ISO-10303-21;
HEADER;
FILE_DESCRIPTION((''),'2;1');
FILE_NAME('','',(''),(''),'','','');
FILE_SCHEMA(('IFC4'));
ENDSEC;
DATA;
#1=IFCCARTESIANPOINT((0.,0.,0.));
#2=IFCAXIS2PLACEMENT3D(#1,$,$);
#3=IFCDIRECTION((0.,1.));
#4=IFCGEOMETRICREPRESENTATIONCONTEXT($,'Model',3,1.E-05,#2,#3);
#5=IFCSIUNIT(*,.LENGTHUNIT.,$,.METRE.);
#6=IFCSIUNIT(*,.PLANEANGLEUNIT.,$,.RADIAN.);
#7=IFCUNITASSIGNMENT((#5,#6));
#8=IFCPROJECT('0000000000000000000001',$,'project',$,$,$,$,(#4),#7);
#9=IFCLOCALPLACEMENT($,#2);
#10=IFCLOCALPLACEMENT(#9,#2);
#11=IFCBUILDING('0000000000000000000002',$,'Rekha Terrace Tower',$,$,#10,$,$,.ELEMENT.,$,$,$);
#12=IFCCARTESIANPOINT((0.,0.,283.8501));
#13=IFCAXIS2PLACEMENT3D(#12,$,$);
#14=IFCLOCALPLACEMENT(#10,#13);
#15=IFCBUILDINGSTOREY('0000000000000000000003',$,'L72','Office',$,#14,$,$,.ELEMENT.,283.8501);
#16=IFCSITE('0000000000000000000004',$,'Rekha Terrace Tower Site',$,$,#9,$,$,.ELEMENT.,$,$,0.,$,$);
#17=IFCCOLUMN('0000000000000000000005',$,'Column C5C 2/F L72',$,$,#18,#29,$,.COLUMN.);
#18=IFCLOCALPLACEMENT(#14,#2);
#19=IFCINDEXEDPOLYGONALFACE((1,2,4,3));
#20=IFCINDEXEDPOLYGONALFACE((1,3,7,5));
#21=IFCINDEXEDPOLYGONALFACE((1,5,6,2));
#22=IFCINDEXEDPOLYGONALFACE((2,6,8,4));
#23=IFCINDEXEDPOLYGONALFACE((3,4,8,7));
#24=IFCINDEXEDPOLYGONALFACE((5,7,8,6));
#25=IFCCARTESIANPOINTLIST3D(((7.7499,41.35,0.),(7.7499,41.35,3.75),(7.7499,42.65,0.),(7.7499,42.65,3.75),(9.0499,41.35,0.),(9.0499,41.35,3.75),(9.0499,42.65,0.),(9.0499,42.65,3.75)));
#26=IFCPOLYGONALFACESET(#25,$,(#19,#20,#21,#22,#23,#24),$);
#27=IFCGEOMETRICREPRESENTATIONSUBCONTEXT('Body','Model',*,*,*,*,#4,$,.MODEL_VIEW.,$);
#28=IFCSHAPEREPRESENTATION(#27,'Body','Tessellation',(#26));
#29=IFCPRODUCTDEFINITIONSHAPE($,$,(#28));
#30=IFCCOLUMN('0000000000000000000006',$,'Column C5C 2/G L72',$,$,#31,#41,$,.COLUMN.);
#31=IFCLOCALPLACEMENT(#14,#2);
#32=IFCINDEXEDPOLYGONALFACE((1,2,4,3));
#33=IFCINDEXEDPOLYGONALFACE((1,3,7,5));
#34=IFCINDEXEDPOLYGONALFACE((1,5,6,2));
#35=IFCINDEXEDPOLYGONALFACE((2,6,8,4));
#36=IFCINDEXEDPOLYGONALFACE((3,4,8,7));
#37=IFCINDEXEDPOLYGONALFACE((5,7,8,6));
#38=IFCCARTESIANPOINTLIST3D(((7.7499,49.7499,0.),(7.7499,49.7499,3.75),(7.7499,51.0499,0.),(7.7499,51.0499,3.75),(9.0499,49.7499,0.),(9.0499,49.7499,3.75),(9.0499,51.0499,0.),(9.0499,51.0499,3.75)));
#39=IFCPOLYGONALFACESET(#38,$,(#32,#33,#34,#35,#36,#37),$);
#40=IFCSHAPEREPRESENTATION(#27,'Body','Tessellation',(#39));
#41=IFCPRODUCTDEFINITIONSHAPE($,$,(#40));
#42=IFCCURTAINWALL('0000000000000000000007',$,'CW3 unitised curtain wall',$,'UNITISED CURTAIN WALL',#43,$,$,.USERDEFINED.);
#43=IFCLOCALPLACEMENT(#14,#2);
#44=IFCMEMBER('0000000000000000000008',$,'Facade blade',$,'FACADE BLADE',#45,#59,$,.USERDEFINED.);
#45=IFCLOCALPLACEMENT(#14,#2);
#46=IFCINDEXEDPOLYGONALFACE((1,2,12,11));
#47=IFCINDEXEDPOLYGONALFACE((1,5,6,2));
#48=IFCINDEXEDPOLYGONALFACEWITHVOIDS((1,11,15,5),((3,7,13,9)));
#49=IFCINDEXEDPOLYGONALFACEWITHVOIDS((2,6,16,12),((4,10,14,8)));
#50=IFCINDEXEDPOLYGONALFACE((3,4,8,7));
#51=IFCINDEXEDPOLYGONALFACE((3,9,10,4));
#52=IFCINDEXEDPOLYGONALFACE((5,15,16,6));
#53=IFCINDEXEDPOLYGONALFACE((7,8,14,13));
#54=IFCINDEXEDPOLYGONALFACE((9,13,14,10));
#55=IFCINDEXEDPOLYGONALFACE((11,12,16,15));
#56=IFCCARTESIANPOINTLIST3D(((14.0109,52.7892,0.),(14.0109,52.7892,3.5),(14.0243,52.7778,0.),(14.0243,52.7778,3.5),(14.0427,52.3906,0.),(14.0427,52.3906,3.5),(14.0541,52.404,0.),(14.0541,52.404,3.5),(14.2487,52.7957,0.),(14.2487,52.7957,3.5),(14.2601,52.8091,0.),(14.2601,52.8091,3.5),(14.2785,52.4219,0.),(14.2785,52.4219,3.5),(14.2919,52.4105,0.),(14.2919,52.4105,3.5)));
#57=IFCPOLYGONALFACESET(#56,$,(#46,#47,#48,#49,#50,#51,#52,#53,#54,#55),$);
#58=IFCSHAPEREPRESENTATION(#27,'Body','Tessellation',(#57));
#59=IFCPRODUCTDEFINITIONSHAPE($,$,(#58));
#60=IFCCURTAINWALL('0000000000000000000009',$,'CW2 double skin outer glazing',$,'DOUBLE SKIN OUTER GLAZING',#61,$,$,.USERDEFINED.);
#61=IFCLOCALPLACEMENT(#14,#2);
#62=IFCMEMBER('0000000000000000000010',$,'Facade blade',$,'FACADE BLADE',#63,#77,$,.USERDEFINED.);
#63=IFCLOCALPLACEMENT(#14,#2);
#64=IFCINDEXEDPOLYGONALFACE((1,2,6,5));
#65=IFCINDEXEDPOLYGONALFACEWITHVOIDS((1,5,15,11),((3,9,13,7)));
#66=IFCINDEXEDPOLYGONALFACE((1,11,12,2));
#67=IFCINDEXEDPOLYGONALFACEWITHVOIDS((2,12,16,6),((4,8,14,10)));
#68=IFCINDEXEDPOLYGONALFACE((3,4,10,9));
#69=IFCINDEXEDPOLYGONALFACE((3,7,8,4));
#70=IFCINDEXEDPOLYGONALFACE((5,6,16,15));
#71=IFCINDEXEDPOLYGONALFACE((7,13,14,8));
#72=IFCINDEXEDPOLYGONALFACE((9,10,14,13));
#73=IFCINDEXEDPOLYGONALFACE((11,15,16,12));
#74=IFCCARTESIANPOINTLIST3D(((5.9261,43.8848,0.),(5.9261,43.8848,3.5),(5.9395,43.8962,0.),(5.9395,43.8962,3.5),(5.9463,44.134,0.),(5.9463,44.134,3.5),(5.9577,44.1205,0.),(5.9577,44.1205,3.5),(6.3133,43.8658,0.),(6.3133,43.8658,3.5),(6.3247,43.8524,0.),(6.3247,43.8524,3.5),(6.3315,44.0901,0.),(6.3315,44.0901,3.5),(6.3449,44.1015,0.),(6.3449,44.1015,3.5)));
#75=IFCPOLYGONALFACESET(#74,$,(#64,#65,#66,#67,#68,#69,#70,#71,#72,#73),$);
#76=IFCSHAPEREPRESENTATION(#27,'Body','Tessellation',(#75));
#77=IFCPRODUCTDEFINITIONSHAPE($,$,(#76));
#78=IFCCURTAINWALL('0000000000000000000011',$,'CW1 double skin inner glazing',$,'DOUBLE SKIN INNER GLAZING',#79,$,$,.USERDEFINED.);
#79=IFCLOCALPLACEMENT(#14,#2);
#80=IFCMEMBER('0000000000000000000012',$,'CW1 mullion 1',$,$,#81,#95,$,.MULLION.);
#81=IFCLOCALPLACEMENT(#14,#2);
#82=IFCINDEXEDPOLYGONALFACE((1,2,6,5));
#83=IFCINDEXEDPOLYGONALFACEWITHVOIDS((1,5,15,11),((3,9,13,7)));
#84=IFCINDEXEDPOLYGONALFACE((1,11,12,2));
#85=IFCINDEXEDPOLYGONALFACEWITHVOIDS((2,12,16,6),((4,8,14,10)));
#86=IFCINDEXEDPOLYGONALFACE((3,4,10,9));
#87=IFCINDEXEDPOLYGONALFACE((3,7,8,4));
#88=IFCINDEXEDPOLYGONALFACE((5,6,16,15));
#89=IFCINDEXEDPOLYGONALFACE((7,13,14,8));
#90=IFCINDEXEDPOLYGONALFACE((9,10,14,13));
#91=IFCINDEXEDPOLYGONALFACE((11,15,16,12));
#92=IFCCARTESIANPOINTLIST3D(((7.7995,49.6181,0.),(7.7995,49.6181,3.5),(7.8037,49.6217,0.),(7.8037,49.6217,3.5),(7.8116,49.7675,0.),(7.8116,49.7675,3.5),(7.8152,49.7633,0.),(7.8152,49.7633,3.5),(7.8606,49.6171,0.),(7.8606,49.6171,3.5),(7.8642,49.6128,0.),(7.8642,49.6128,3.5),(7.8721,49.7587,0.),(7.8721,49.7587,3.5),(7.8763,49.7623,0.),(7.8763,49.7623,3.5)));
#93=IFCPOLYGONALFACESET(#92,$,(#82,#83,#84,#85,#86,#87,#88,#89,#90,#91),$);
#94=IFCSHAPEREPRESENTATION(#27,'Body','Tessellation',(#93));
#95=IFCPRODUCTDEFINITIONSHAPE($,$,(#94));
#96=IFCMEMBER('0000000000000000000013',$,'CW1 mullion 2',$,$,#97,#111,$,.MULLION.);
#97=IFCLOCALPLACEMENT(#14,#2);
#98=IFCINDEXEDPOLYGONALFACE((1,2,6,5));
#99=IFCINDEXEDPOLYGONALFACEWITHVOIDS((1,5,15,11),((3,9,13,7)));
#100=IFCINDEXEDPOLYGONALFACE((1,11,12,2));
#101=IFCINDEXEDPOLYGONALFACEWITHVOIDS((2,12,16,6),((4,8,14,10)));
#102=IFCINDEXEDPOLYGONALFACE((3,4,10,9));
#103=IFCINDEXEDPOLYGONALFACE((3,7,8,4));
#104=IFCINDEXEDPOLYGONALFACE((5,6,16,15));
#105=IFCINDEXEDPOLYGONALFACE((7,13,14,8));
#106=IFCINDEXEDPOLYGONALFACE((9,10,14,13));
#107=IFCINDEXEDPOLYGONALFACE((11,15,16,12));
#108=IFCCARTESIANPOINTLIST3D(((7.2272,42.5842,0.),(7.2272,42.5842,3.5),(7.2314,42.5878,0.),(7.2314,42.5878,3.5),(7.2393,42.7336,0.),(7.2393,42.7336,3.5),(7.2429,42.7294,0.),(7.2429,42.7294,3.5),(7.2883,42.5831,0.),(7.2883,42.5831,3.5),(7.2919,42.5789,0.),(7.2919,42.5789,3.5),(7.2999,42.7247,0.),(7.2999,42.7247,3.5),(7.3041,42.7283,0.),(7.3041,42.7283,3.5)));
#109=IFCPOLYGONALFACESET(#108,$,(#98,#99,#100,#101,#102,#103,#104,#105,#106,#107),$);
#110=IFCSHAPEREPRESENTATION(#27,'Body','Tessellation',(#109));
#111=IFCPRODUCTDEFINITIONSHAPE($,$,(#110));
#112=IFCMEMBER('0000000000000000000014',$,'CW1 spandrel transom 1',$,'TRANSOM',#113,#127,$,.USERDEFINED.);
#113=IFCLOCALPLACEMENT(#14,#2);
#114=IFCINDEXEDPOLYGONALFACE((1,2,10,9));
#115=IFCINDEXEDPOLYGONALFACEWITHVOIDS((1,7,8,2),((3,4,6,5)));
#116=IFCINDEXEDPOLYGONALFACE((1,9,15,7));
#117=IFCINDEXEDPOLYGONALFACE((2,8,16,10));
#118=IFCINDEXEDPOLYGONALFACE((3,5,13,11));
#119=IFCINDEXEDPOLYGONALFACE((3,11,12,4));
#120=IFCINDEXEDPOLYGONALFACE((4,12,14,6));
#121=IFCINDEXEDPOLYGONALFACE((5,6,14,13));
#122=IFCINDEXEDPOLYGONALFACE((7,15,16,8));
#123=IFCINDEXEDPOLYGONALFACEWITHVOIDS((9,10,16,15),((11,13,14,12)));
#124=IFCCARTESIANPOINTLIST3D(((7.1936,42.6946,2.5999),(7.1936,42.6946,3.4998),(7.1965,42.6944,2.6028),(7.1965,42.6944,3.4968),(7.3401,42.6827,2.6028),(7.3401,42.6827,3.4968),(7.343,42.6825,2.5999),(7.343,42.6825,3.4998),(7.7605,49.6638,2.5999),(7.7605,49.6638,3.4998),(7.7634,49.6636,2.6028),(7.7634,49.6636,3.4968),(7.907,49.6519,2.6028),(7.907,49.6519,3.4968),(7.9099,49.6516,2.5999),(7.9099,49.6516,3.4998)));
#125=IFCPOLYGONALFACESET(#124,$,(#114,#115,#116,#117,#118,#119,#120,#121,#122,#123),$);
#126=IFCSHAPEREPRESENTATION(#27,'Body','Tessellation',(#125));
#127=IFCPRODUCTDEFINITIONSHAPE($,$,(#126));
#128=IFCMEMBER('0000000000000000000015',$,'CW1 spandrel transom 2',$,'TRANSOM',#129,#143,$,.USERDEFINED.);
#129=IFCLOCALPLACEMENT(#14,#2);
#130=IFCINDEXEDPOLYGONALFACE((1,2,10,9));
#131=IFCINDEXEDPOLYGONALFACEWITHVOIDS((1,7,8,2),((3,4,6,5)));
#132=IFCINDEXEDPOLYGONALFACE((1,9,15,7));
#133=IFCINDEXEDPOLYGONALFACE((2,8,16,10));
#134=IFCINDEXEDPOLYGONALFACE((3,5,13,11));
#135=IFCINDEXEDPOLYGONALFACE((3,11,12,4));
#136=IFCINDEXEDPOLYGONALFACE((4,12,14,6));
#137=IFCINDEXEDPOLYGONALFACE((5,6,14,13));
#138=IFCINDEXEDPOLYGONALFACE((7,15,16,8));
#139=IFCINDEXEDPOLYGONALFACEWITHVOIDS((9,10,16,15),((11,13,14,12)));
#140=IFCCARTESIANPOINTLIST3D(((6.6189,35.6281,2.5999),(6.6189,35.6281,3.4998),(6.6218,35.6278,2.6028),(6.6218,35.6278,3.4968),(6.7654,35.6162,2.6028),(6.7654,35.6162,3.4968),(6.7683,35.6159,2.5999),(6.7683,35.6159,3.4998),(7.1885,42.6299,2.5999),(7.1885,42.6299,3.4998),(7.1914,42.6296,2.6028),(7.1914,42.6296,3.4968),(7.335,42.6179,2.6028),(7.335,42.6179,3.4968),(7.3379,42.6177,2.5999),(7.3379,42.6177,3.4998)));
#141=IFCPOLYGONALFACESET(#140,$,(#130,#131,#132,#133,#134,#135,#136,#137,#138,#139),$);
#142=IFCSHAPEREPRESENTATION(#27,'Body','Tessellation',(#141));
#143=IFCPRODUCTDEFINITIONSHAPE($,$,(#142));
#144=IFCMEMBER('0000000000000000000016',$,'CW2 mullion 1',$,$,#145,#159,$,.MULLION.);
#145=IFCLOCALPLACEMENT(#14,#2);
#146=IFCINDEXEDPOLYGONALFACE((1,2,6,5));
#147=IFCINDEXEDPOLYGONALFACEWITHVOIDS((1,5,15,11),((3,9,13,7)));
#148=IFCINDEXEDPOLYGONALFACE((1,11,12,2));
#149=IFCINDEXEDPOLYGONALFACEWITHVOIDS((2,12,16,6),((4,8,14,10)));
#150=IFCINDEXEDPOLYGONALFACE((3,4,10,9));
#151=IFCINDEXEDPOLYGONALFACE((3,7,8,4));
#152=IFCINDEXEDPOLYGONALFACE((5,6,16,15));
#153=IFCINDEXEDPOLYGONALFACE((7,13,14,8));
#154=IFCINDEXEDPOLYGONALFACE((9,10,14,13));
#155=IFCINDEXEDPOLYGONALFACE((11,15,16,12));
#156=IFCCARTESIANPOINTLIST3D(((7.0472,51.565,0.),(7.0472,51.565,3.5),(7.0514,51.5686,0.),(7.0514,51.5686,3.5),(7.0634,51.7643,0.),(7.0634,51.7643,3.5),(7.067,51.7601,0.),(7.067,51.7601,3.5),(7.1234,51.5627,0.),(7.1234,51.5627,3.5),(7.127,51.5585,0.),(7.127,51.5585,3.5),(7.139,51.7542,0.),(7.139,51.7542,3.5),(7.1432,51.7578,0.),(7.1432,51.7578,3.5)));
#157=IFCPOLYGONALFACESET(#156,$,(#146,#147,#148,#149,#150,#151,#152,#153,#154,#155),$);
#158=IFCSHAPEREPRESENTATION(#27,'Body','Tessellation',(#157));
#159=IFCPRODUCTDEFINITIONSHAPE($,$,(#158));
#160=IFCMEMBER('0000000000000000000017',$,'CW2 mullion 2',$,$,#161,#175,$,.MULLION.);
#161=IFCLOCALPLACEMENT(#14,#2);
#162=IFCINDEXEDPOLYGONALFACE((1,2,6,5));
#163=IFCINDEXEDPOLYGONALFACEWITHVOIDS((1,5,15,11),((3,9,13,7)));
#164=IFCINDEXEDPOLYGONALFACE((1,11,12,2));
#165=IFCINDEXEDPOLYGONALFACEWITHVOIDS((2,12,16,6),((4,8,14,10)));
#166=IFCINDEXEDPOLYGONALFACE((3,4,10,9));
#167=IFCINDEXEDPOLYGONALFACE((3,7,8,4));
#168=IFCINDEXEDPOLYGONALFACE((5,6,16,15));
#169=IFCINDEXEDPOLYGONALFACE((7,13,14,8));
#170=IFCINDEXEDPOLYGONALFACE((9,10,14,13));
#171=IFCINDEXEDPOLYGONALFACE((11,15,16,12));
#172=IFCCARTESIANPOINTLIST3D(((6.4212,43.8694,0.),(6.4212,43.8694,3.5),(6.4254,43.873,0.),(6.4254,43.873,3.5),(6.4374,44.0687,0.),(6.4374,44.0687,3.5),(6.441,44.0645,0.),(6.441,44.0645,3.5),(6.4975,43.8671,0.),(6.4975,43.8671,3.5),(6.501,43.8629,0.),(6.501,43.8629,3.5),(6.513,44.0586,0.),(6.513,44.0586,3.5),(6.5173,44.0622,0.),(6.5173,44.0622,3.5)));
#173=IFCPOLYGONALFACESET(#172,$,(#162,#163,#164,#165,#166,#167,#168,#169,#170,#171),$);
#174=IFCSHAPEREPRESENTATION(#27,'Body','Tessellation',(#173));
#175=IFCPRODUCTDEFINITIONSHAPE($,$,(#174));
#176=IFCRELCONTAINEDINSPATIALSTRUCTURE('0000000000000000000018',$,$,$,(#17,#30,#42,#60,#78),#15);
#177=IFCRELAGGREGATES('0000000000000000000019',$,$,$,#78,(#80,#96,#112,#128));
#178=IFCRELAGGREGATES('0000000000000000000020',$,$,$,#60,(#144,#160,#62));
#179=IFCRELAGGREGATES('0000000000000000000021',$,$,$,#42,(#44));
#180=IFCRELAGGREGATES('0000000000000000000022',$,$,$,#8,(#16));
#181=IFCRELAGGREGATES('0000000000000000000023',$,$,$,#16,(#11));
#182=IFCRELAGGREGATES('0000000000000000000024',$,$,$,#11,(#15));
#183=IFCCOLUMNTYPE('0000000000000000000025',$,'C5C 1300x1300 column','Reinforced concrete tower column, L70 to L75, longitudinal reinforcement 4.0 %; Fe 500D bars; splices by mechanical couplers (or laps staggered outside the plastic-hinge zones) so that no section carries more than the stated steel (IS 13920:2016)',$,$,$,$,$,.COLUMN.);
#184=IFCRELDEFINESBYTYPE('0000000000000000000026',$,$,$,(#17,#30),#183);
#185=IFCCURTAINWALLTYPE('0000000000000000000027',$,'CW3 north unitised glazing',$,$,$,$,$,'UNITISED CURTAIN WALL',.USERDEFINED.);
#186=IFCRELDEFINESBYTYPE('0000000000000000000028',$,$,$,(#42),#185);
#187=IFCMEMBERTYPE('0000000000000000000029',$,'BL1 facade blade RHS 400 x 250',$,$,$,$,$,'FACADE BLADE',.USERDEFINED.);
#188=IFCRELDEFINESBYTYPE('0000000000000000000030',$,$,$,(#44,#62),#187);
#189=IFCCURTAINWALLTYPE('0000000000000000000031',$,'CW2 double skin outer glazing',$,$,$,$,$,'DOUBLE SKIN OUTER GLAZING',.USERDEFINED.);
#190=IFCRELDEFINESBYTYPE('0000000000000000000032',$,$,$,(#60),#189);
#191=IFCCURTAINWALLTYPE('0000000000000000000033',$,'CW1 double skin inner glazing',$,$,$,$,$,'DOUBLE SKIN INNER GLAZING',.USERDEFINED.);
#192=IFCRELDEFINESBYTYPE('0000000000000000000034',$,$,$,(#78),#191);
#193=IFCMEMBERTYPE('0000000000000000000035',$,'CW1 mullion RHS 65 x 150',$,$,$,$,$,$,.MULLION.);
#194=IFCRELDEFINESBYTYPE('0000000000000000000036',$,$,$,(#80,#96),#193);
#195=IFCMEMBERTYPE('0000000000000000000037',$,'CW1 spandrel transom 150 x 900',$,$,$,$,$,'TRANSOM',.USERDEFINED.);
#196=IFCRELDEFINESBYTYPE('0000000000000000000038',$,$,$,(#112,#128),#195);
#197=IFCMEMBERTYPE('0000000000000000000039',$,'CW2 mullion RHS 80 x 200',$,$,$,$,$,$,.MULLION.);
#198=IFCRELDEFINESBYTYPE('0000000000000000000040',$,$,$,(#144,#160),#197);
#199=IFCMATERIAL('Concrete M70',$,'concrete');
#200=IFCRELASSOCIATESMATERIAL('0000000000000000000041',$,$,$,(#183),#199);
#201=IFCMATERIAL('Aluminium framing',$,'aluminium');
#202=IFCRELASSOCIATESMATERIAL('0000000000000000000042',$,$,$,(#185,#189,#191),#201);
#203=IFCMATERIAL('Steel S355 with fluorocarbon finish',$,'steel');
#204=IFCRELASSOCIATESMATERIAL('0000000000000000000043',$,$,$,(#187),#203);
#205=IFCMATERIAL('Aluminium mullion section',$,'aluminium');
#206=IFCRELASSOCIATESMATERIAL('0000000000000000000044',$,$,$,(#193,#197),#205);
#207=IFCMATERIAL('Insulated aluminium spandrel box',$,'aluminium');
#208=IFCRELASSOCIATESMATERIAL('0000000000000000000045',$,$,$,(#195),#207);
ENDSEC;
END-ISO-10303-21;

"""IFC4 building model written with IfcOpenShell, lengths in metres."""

from ifc_helpers import new_model, si_unit, direction, frame, origin, origin_2d, place, context, subcontext, project, spatial, rectangle, hollow_rectangle, extrude, material, material_profile, profile_set, type_object, element, aggregate, save


model = new_model("IFC4")

# Units and contexts
model_context = context("Model", 3, precision=1e-05, world=origin(), true_north=direction((0.0, 1.0)))
body_context = subcontext(model_context, "Body", "Model", "MODEL_VIEW")
ifc_project = project(units=[si_unit("LENGTHUNIT", "METRE"), si_unit("PLANEANGLEUNIT", "RADIAN")], contexts=[model_context])

# Site, building, storey
site_placement = place(None, origin())
site = spatial("IfcSite", under=ifc_project, at=site_placement, Name="Rekha Terrace Tower Site", CompositionType="ELEMENT", RefElevation=0.0)
building_placement = place(site_placement, origin())
building = spatial("IfcBuilding", under=site, at=building_placement, Name="Rekha Terrace Tower", CompositionType="ELEMENT")
storey_placement = place(building_placement, frame((0.0, 0.0, 283.8501)))
storey = spatial("IfcBuildingStorey", under=building, at=storey_placement, Name="L72", Description="Office", CompositionType="ELEMENT", Elevation=283.8501)

# Columns
ifc_material_1 = material(Name="Concrete M70", Category="concrete")
ifc_material_profile_1 = material_profile(ifc_material_1, rectangle(XDim=1.3, YDim=1.3, at=origin_2d()), Name="RC 1300x1300")
ifc_profile_set_1 = profile_set([ifc_material_profile_1], Name="Concrete M70")
column_type = type_object("IfcColumnType", Name="C5C 1300x1300 column", Description="Reinforced concrete tower column, L70 to L75, longitudinal reinforcement 4.0 %; Fe 500D bars; splices by mechanical couplers (or laps staggered outside the plastic-hinge zones) so that no section carries more than the stated steel (IS 13920:2016)", PredefinedType="COLUMN", material=ifc_profile_set_1)
for number, where, z_axis, x_axis, name in (
    (1, (8.3999, 42.0, 0.0), (0.0, 0.0, 1.0), (1.0, 0.0, 0.0), "Column C5C 2/F L72"),
    (2, (8.3999, 50.3999, 0.0), (0.0, 0.0, 1.0), (1.0, 0.0, 0.0), "Column C5C 2/G L72"),
):
    element("IfcColumn", number, at=place(storey_placement, frame(where, z_axis=z_axis, x_axis=x_axis)), inside=storey, type_object=column_type, Name=name, PredefinedType="COLUMN", context=body_context, shape_type="SweptSolid", body=[
        extrude(rectangle(XDim=1.3, YDim=1.3, at=origin_2d()), origin(), (0.0, 0.0, 1.0), 3.75),
    ])

# Curtain walls, members
ifc_material_2 = material(Name="Aluminium framing", Category="aluminium")
curtain_wall_type_1 = type_object("IfcCurtainWallType", Name="CW3 north unitised glazing", ElementType="UNITISED CURTAIN WALL", PredefinedType="USERDEFINED", material=ifc_material_2)
curtain_wall_1_placement = place(storey_placement, origin())
curtain_wall_1 = element("IfcCurtainWall", 3, at=curtain_wall_1_placement, inside=storey, type_object=curtain_wall_type_1, Name="CW3 unitised curtain wall", ObjectType="UNITISED CURTAIN WALL", PredefinedType="USERDEFINED")
ifc_material_3 = material(Name="Steel S355 with fluorocarbon finish", Category="steel")
ifc_material_profile_2 = material_profile(ifc_material_3, hollow_rectangle(XDim=0.25, YDim=0.3999, WallThickness=0.0125, at=origin_2d()), Name="RHS400x250x12.5")
ifc_profile_set_2 = profile_set([ifc_material_profile_2], Name="Steel S355 with fluorocarbon finish")
member_type_1 = type_object("IfcMemberType", Name="BL1 facade blade RHS 400 x 250", ElementType="FACADE BLADE", PredefinedType="USERDEFINED", material=ifc_profile_set_2)
member_1_placement = place(storey_placement, frame((14.1514, 52.5999, 0.0), z_axis=(0.0, 0.0, 1.0), x_axis=(-0.996836, -0.079486, 0.0)))
member_1 = element("IfcMember", 4, at=member_1_placement, type_object=member_type_1, Name="Facade blade", ObjectType="FACADE BLADE", PredefinedType="USERDEFINED", context=body_context, shape_type="SweptSolid", body=[
    extrude(hollow_rectangle(XDim=0.25, YDim=0.3999, WallThickness=0.0125, at=origin_2d()), origin(), (0.0, 0.0, 1.0), 3.5),
])
curtain_wall_type_2 = type_object("IfcCurtainWallType", Name="CW2 double skin outer glazing", ElementType="DOUBLE SKIN OUTER GLAZING", PredefinedType="USERDEFINED", material=ifc_material_2)
curtain_wall_2_placement = place(storey_placement, origin())
curtain_wall_2 = element("IfcCurtainWall", 5, at=curtain_wall_2_placement, inside=storey, type_object=curtain_wall_type_2, Name="CW2 double skin outer glazing", ObjectType="DOUBLE SKIN OUTER GLAZING", PredefinedType="USERDEFINED")
member_2_placement = place(storey_placement, frame((6.1355, 43.9932, 0.0), z_axis=(0.0, 0.0, 1.0), x_axis=(-0.081069, -0.996709, 0.0)))
member_2 = element("IfcMember", 6, at=member_2_placement, type_object=member_type_1, Name="Facade blade", ObjectType="FACADE BLADE", PredefinedType="USERDEFINED", context=body_context, shape_type="SweptSolid", body=[
    extrude(hollow_rectangle(XDim=0.25, YDim=0.3999, WallThickness=0.0125, at=origin_2d()), origin(), (0.0, 0.0, 1.0), 3.5),
])

# Curtain wall, members
curtain_wall_type_3 = type_object("IfcCurtainWallType", Name="CW1 double skin inner glazing", ElementType="DOUBLE SKIN INNER GLAZING", PredefinedType="USERDEFINED", material=ifc_material_2)
curtain_wall_3_placement = place(storey_placement, origin())
curtain_wall_3 = element("IfcCurtainWall", 7, at=curtain_wall_3_placement, inside=storey, type_object=curtain_wall_type_3, Name="CW1 double skin inner glazing", ObjectType="DOUBLE SKIN INNER GLAZING", PredefinedType="USERDEFINED")
ifc_material_4 = material(Name="Aluminium mullion section", Category="aluminium")
ifc_material_profile_3 = material_profile(ifc_material_4, hollow_rectangle(XDim=0.0649, YDim=0.1499, WallThickness=0.0039, at=origin_2d()), Name="AL RHS 65x150")
ifc_profile_set_3 = profile_set([ifc_material_profile_3], Name="Aluminium mullion section")
member_type_2 = type_object("IfcMemberType", Name="CW1 mullion RHS 65 x 150", PredefinedType="MULLION", material=ifc_profile_set_3)
member_3_placement = place(storey_placement, frame((7.8379, 49.6902, 0.0), z_axis=(0.0, 0.0, 1.0), x_axis=(0.996709, -0.081068, 0.0)))
member_3 = element("IfcMember", 8, at=member_3_placement, type_object=member_type_2, Name="CW1 mullion 1", PredefinedType="MULLION", context=body_context, shape_type="SweptSolid", body=[
    extrude(hollow_rectangle(XDim=0.0649, YDim=0.1499, WallThickness=0.0039, at=origin_2d()), origin(), (0.0, 0.0, 1.0), 3.5),
])
member_4_placement = place(storey_placement, frame((7.2656, 42.6562, 0.0), z_axis=(0.0, 0.0, 1.0), x_axis=(0.996709, -0.081068, 0.0)))
member_4 = element("IfcMember", 9, at=member_4_placement, type_object=member_type_2, Name="CW1 mullion 2", PredefinedType="MULLION", context=body_context, shape_type="SweptSolid", body=[
    extrude(hollow_rectangle(XDim=0.0649, YDim=0.1499, WallThickness=0.0039, at=origin_2d()), origin(), (0.0, 0.0, 1.0), 3.5),
])
ifc_material_5 = material(Name="Insulated aluminium spandrel box", Category="aluminium")
ifc_material_profile_4 = material_profile(ifc_material_5, hollow_rectangle(XDim=0.1499, YDim=0.8999, WallThickness=0.0029, at=origin_2d()), Name="AL SPANDREL BOX 150x900")
ifc_profile_set_4 = profile_set([ifc_material_profile_4], Name="Insulated aluminium spandrel box")
member_type_3 = type_object("IfcMemberType", Name="CW1 spandrel transom 150 x 900", ElementType="TRANSOM", PredefinedType="USERDEFINED", material=ifc_profile_set_4)
member_5_placement = place(storey_placement, frame((7.8352, 49.6577, 3.0498), z_axis=(-0.081075, -0.996708, 0.0), x_axis=(0.996708, -0.081075, 0.0)))
member_5 = element("IfcMember", 10, at=member_5_placement, type_object=member_type_3, Name="CW1 spandrel transom 1", ObjectType="TRANSOM", PredefinedType="USERDEFINED", context=body_context, shape_type="SweptSolid", body=[
    extrude(hollow_rectangle(XDim=0.1499, YDim=0.8999, WallThickness=0.0029, at=origin_2d()), origin(), (0.0, 0.0, 1.0), 6.9922),
])
member_6_placement = place(storey_placement, frame((7.2632, 42.6238, 3.0498), z_axis=(-0.081081, -0.996708, 0.0), x_axis=(0.996708, -0.081081, 0.0)))
member_6 = element("IfcMember", 11, at=member_6_placement, type_object=member_type_3, Name="CW1 spandrel transom 2", ObjectType="TRANSOM", PredefinedType="USERDEFINED", context=body_context, shape_type="SweptSolid", body=[
    extrude(hollow_rectangle(XDim=0.1499, YDim=0.8999, WallThickness=0.0029, at=origin_2d()), origin(), (0.0, 0.0, 1.0), 7.0249),
])

# Members
ifc_material_profile_5 = material_profile(ifc_material_4, hollow_rectangle(XDim=0.0801, YDim=0.2, WallThickness=0.0039, at=origin_2d()), Name="AL RHS 80x200")
ifc_profile_set_5 = profile_set([ifc_material_profile_5], Name="Aluminium mullion section")
member_type_4 = type_object("IfcMemberType", Name="CW2 mullion RHS 80 x 200", PredefinedType="MULLION", material=ifc_profile_set_5)
member_7_placement = place(storey_placement, frame((7.0952, 51.6614, 0.0), z_axis=(0.0, 0.0, 1.0), x_axis=(0.996709, -0.081068, 0.0)))
member_7 = element("IfcMember", 12, at=member_7_placement, type_object=member_type_4, Name="CW2 mullion 1", PredefinedType="MULLION", context=body_context, shape_type="SweptSolid", body=[
    extrude(hollow_rectangle(XDim=0.0801, YDim=0.2, WallThickness=0.0039, at=origin_2d()), origin(), (0.0, 0.0, 1.0), 3.5),
])
member_8_placement = place(storey_placement, frame((6.4692, 43.9658, 0.0), z_axis=(0.0, 0.0, 1.0), x_axis=(0.996709, -0.081068, 0.0)))
member_8 = element("IfcMember", 13, at=member_8_placement, type_object=member_type_4, Name="CW2 mullion 2", PredefinedType="MULLION", context=body_context, shape_type="SweptSolid", body=[
    extrude(hollow_rectangle(XDim=0.0801, YDim=0.2, WallThickness=0.0039, at=origin_2d()), origin(), (0.0, 0.0, 1.0), 3.5),
])

aggregate(curtain_wall_3, [member_3, member_4, member_5, member_6])
aggregate(curtain_wall_2, [member_7, member_8, member_2])
aggregate(curtain_wall_1, [member_1])

save(model, "model.ifc")
